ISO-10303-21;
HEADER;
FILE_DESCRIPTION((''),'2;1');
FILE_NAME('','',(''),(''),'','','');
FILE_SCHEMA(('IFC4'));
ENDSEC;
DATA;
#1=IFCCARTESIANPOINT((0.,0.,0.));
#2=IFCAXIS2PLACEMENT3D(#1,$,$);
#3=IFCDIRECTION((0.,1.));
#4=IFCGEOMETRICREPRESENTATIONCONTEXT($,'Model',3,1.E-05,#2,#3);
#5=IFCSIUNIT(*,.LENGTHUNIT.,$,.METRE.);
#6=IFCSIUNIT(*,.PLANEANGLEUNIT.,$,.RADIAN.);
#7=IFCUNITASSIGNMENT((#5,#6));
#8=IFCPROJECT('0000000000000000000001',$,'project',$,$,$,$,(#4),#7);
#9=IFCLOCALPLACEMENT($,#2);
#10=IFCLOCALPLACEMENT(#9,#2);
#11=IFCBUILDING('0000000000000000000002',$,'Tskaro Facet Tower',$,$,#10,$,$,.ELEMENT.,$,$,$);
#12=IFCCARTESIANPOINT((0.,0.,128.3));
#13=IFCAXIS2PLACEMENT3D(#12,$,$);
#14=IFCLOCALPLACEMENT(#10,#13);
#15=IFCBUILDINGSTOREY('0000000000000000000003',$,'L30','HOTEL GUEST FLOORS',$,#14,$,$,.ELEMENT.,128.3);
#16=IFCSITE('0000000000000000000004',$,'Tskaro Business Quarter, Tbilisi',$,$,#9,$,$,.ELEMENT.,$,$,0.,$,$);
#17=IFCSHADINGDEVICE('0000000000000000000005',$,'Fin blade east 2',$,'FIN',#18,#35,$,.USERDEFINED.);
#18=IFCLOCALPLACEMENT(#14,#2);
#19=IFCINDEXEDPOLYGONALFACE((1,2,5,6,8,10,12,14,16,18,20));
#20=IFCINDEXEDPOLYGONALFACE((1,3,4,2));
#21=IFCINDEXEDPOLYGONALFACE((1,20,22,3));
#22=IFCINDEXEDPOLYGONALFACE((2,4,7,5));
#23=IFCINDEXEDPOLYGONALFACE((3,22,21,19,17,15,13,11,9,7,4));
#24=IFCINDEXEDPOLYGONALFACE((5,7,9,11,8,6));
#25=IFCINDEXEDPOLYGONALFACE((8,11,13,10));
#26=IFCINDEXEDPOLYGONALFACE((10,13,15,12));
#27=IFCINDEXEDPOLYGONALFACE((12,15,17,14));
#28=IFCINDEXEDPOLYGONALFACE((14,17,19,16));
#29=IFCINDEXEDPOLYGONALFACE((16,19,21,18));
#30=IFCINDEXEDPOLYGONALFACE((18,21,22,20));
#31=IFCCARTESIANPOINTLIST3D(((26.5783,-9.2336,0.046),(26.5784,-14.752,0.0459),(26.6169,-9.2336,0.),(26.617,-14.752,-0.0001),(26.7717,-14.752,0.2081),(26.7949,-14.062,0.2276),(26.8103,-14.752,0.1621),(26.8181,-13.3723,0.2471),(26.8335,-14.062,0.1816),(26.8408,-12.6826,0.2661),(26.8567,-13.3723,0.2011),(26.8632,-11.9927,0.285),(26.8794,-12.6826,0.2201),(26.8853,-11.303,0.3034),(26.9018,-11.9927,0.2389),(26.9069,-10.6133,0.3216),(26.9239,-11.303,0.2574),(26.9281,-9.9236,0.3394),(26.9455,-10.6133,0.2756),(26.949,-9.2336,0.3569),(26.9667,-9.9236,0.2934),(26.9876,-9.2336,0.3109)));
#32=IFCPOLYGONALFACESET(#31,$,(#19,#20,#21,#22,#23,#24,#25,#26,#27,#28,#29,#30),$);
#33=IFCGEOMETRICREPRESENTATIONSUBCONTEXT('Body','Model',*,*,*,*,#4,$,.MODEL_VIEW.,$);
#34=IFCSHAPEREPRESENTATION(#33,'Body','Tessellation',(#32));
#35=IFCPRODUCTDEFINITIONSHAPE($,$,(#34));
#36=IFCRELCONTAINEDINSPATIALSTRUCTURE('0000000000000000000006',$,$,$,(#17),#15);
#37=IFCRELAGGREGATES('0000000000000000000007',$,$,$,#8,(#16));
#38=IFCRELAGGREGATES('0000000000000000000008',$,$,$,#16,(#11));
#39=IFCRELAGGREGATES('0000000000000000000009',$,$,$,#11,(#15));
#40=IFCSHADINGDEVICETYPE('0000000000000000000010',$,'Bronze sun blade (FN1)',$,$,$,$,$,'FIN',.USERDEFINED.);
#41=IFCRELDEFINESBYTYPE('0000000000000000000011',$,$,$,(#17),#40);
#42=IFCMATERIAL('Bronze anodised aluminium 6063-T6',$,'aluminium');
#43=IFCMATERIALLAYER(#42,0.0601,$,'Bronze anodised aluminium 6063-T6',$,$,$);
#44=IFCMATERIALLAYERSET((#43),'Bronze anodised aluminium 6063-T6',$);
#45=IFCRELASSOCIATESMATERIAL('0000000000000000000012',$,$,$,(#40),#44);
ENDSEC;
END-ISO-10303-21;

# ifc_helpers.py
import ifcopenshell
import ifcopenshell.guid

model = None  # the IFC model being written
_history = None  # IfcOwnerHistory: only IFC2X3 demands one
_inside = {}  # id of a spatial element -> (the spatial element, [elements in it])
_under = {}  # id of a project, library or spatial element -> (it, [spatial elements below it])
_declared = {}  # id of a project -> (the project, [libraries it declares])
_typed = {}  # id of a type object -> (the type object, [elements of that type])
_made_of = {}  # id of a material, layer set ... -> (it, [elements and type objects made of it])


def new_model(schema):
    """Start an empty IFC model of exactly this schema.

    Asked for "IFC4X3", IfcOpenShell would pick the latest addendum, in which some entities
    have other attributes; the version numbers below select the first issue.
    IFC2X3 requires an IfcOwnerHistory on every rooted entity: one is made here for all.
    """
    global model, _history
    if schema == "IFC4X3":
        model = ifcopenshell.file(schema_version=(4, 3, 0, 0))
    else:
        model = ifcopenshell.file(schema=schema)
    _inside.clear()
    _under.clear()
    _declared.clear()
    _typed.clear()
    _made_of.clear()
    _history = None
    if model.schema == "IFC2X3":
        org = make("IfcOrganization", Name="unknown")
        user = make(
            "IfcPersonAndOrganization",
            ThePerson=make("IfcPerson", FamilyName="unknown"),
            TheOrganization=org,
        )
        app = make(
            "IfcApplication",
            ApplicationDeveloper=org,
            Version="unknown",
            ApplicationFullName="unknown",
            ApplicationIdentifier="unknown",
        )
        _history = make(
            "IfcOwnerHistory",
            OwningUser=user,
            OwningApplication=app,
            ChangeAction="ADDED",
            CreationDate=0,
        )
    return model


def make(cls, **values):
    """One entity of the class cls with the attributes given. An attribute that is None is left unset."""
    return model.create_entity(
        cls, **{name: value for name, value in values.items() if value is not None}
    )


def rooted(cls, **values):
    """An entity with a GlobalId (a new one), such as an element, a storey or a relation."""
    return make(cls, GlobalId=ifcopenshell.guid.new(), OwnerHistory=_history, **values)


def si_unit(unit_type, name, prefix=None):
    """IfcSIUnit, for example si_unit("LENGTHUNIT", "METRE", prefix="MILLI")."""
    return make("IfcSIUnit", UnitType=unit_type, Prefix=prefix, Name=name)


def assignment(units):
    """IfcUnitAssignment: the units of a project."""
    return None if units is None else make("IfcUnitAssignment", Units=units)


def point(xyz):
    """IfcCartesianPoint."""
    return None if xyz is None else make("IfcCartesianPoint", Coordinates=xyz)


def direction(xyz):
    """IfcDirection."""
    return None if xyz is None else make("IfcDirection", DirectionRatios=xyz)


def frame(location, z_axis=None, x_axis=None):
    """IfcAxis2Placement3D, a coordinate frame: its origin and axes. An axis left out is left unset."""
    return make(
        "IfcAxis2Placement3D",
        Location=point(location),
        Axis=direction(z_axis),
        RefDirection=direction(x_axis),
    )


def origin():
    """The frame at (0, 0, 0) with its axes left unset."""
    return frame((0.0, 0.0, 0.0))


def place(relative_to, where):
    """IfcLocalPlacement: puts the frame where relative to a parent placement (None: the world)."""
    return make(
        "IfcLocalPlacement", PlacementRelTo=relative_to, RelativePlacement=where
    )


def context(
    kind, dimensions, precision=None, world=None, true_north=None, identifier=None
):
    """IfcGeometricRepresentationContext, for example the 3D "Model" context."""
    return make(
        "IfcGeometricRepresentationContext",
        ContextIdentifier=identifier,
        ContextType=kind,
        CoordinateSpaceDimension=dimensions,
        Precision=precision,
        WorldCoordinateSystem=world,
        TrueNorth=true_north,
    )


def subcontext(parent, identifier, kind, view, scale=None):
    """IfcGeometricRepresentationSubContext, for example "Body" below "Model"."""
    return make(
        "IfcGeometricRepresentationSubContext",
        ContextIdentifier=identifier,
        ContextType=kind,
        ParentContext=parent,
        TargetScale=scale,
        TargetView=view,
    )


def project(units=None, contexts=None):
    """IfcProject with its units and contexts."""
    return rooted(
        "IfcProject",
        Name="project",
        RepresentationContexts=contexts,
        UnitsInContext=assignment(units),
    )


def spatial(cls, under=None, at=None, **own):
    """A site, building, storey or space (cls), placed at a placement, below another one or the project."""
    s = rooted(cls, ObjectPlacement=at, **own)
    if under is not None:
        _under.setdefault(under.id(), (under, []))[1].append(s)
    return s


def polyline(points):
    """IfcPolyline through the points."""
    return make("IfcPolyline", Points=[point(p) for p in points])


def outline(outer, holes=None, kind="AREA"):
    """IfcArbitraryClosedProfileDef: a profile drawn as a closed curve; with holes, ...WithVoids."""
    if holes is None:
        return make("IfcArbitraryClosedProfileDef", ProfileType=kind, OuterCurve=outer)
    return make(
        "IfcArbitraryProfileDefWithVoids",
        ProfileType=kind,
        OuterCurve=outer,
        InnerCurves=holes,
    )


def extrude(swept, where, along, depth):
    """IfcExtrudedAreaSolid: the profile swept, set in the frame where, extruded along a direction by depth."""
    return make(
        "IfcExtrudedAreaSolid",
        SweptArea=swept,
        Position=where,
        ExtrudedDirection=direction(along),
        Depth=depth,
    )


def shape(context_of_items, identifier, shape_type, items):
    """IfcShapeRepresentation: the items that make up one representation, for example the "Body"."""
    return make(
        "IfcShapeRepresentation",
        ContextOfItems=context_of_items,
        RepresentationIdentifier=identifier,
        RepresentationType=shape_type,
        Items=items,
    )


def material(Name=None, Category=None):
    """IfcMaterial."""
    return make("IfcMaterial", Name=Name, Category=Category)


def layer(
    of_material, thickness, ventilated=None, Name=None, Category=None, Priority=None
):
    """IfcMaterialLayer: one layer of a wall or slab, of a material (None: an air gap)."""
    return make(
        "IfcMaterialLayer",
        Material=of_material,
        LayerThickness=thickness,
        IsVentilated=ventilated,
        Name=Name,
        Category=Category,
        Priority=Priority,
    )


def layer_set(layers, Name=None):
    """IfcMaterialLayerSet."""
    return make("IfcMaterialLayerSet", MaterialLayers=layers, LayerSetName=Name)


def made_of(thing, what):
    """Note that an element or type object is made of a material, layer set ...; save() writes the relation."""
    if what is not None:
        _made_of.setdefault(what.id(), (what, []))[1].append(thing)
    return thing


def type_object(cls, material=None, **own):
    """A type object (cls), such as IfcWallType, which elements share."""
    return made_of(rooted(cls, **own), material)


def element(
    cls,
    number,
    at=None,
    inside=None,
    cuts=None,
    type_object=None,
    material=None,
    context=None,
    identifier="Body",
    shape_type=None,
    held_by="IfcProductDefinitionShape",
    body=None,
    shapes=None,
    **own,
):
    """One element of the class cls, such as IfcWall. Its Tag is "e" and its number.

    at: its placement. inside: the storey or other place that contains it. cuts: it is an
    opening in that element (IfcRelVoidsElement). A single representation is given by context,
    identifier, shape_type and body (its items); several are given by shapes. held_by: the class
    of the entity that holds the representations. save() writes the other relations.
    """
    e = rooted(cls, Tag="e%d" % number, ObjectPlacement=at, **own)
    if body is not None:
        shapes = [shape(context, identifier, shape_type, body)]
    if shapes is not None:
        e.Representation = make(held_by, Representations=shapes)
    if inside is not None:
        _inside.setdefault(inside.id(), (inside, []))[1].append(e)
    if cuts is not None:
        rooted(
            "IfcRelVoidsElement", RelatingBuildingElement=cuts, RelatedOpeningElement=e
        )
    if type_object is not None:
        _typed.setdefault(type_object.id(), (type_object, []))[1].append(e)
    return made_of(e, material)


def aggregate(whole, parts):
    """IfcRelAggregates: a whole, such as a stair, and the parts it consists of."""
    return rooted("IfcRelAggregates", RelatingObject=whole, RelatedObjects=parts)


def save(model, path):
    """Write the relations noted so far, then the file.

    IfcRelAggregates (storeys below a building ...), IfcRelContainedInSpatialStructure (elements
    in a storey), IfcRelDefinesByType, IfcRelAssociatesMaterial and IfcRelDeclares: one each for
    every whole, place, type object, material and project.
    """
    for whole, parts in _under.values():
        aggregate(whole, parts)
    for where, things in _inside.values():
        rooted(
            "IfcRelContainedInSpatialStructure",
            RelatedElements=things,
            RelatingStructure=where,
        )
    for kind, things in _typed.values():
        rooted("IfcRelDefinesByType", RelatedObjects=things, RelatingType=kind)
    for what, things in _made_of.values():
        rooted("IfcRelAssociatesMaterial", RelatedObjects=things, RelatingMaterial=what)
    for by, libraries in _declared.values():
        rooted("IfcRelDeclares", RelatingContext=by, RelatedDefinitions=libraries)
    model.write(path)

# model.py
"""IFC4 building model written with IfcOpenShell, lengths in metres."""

from ifc_helpers import new_model, si_unit, direction, frame, origin, place, context, subcontext, project, spatial, polyline, outline, extrude, material, layer, layer_set, type_object, element, save


model = new_model("IFC4")

# Units and contexts
model_context = context("Model", 3, precision=1e-05, world=origin(), true_north=direction((0.0, 1.0)))
body_context = subcontext(model_context, "Body", "Model", "MODEL_VIEW")
ifc_project = project(units=[si_unit("LENGTHUNIT", "METRE"), si_unit("PLANEANGLEUNIT", "RADIAN")], contexts=[model_context])

# Site, building, storey
site_placement = place(None, origin())
site = spatial("IfcSite", under=ifc_project, at=site_placement, Name="Tskaro Business Quarter, Tbilisi", CompositionType="ELEMENT", RefElevation=0.0)
building_placement = place(site_placement, origin())
building = spatial("IfcBuilding", under=site, at=building_placement, Name="Tskaro Facet Tower", CompositionType="ELEMENT")
storey_placement = place(building_placement, frame((0.0, 0.0, 128.3)))
storey = spatial("IfcBuildingStorey", under=building, at=storey_placement, Name="L30", Description="HOTEL GUEST FLOORS", CompositionType="ELEMENT", Elevation=128.3)

# Shared definitions
ifc_material_1 = material(Name="Bronze anodised aluminium 6063-T6", Category="aluminium")

# Shading device
ifc_layer_1 = layer(ifc_material_1, 0.0601, Name="Bronze anodised aluminium 6063-T6")
ifc_layer_set_1 = layer_set([ifc_layer_1], Name="Bronze anodised aluminium 6063-T6")
shading_device_type = type_object("IfcShadingDeviceType", Name="Bronze sun blade (FN1)", ElementType="FIN", PredefinedType="USERDEFINED", material=ifc_layer_set_1)
shading_device_1_placement = place(storey_placement, frame((26.5784, -14.752, 0.0459), z_axis=(-0.642725, -0.000015, 0.766097), x_axis=(-0.00001, 1.0, 0.000012)))
element("IfcShadingDevice", 1, at=shading_device_1_placement, inside=storey, type_object=shading_device_type, Name="Fin blade east 2", ObjectType="FIN", PredefinedType="USERDEFINED", context=body_context, shape_type="SweptSolid", body=[
    extrude(outline(polyline([(0.0, 0.0), (5.5183, 0.0), (5.5183, -0.4838), (4.8284, -0.4566), (4.1387, -0.4289), (3.449, -0.4006), (2.7593, -0.3719), (2.0693, -0.3426), (1.3796, -0.313), (0.6899, -0.2826), (0.0, -0.2523), (0.0, 0.0)])), origin(), (0.0, 0.0, -1.0), 0.0601),
])

save(model, "model.ifc")
